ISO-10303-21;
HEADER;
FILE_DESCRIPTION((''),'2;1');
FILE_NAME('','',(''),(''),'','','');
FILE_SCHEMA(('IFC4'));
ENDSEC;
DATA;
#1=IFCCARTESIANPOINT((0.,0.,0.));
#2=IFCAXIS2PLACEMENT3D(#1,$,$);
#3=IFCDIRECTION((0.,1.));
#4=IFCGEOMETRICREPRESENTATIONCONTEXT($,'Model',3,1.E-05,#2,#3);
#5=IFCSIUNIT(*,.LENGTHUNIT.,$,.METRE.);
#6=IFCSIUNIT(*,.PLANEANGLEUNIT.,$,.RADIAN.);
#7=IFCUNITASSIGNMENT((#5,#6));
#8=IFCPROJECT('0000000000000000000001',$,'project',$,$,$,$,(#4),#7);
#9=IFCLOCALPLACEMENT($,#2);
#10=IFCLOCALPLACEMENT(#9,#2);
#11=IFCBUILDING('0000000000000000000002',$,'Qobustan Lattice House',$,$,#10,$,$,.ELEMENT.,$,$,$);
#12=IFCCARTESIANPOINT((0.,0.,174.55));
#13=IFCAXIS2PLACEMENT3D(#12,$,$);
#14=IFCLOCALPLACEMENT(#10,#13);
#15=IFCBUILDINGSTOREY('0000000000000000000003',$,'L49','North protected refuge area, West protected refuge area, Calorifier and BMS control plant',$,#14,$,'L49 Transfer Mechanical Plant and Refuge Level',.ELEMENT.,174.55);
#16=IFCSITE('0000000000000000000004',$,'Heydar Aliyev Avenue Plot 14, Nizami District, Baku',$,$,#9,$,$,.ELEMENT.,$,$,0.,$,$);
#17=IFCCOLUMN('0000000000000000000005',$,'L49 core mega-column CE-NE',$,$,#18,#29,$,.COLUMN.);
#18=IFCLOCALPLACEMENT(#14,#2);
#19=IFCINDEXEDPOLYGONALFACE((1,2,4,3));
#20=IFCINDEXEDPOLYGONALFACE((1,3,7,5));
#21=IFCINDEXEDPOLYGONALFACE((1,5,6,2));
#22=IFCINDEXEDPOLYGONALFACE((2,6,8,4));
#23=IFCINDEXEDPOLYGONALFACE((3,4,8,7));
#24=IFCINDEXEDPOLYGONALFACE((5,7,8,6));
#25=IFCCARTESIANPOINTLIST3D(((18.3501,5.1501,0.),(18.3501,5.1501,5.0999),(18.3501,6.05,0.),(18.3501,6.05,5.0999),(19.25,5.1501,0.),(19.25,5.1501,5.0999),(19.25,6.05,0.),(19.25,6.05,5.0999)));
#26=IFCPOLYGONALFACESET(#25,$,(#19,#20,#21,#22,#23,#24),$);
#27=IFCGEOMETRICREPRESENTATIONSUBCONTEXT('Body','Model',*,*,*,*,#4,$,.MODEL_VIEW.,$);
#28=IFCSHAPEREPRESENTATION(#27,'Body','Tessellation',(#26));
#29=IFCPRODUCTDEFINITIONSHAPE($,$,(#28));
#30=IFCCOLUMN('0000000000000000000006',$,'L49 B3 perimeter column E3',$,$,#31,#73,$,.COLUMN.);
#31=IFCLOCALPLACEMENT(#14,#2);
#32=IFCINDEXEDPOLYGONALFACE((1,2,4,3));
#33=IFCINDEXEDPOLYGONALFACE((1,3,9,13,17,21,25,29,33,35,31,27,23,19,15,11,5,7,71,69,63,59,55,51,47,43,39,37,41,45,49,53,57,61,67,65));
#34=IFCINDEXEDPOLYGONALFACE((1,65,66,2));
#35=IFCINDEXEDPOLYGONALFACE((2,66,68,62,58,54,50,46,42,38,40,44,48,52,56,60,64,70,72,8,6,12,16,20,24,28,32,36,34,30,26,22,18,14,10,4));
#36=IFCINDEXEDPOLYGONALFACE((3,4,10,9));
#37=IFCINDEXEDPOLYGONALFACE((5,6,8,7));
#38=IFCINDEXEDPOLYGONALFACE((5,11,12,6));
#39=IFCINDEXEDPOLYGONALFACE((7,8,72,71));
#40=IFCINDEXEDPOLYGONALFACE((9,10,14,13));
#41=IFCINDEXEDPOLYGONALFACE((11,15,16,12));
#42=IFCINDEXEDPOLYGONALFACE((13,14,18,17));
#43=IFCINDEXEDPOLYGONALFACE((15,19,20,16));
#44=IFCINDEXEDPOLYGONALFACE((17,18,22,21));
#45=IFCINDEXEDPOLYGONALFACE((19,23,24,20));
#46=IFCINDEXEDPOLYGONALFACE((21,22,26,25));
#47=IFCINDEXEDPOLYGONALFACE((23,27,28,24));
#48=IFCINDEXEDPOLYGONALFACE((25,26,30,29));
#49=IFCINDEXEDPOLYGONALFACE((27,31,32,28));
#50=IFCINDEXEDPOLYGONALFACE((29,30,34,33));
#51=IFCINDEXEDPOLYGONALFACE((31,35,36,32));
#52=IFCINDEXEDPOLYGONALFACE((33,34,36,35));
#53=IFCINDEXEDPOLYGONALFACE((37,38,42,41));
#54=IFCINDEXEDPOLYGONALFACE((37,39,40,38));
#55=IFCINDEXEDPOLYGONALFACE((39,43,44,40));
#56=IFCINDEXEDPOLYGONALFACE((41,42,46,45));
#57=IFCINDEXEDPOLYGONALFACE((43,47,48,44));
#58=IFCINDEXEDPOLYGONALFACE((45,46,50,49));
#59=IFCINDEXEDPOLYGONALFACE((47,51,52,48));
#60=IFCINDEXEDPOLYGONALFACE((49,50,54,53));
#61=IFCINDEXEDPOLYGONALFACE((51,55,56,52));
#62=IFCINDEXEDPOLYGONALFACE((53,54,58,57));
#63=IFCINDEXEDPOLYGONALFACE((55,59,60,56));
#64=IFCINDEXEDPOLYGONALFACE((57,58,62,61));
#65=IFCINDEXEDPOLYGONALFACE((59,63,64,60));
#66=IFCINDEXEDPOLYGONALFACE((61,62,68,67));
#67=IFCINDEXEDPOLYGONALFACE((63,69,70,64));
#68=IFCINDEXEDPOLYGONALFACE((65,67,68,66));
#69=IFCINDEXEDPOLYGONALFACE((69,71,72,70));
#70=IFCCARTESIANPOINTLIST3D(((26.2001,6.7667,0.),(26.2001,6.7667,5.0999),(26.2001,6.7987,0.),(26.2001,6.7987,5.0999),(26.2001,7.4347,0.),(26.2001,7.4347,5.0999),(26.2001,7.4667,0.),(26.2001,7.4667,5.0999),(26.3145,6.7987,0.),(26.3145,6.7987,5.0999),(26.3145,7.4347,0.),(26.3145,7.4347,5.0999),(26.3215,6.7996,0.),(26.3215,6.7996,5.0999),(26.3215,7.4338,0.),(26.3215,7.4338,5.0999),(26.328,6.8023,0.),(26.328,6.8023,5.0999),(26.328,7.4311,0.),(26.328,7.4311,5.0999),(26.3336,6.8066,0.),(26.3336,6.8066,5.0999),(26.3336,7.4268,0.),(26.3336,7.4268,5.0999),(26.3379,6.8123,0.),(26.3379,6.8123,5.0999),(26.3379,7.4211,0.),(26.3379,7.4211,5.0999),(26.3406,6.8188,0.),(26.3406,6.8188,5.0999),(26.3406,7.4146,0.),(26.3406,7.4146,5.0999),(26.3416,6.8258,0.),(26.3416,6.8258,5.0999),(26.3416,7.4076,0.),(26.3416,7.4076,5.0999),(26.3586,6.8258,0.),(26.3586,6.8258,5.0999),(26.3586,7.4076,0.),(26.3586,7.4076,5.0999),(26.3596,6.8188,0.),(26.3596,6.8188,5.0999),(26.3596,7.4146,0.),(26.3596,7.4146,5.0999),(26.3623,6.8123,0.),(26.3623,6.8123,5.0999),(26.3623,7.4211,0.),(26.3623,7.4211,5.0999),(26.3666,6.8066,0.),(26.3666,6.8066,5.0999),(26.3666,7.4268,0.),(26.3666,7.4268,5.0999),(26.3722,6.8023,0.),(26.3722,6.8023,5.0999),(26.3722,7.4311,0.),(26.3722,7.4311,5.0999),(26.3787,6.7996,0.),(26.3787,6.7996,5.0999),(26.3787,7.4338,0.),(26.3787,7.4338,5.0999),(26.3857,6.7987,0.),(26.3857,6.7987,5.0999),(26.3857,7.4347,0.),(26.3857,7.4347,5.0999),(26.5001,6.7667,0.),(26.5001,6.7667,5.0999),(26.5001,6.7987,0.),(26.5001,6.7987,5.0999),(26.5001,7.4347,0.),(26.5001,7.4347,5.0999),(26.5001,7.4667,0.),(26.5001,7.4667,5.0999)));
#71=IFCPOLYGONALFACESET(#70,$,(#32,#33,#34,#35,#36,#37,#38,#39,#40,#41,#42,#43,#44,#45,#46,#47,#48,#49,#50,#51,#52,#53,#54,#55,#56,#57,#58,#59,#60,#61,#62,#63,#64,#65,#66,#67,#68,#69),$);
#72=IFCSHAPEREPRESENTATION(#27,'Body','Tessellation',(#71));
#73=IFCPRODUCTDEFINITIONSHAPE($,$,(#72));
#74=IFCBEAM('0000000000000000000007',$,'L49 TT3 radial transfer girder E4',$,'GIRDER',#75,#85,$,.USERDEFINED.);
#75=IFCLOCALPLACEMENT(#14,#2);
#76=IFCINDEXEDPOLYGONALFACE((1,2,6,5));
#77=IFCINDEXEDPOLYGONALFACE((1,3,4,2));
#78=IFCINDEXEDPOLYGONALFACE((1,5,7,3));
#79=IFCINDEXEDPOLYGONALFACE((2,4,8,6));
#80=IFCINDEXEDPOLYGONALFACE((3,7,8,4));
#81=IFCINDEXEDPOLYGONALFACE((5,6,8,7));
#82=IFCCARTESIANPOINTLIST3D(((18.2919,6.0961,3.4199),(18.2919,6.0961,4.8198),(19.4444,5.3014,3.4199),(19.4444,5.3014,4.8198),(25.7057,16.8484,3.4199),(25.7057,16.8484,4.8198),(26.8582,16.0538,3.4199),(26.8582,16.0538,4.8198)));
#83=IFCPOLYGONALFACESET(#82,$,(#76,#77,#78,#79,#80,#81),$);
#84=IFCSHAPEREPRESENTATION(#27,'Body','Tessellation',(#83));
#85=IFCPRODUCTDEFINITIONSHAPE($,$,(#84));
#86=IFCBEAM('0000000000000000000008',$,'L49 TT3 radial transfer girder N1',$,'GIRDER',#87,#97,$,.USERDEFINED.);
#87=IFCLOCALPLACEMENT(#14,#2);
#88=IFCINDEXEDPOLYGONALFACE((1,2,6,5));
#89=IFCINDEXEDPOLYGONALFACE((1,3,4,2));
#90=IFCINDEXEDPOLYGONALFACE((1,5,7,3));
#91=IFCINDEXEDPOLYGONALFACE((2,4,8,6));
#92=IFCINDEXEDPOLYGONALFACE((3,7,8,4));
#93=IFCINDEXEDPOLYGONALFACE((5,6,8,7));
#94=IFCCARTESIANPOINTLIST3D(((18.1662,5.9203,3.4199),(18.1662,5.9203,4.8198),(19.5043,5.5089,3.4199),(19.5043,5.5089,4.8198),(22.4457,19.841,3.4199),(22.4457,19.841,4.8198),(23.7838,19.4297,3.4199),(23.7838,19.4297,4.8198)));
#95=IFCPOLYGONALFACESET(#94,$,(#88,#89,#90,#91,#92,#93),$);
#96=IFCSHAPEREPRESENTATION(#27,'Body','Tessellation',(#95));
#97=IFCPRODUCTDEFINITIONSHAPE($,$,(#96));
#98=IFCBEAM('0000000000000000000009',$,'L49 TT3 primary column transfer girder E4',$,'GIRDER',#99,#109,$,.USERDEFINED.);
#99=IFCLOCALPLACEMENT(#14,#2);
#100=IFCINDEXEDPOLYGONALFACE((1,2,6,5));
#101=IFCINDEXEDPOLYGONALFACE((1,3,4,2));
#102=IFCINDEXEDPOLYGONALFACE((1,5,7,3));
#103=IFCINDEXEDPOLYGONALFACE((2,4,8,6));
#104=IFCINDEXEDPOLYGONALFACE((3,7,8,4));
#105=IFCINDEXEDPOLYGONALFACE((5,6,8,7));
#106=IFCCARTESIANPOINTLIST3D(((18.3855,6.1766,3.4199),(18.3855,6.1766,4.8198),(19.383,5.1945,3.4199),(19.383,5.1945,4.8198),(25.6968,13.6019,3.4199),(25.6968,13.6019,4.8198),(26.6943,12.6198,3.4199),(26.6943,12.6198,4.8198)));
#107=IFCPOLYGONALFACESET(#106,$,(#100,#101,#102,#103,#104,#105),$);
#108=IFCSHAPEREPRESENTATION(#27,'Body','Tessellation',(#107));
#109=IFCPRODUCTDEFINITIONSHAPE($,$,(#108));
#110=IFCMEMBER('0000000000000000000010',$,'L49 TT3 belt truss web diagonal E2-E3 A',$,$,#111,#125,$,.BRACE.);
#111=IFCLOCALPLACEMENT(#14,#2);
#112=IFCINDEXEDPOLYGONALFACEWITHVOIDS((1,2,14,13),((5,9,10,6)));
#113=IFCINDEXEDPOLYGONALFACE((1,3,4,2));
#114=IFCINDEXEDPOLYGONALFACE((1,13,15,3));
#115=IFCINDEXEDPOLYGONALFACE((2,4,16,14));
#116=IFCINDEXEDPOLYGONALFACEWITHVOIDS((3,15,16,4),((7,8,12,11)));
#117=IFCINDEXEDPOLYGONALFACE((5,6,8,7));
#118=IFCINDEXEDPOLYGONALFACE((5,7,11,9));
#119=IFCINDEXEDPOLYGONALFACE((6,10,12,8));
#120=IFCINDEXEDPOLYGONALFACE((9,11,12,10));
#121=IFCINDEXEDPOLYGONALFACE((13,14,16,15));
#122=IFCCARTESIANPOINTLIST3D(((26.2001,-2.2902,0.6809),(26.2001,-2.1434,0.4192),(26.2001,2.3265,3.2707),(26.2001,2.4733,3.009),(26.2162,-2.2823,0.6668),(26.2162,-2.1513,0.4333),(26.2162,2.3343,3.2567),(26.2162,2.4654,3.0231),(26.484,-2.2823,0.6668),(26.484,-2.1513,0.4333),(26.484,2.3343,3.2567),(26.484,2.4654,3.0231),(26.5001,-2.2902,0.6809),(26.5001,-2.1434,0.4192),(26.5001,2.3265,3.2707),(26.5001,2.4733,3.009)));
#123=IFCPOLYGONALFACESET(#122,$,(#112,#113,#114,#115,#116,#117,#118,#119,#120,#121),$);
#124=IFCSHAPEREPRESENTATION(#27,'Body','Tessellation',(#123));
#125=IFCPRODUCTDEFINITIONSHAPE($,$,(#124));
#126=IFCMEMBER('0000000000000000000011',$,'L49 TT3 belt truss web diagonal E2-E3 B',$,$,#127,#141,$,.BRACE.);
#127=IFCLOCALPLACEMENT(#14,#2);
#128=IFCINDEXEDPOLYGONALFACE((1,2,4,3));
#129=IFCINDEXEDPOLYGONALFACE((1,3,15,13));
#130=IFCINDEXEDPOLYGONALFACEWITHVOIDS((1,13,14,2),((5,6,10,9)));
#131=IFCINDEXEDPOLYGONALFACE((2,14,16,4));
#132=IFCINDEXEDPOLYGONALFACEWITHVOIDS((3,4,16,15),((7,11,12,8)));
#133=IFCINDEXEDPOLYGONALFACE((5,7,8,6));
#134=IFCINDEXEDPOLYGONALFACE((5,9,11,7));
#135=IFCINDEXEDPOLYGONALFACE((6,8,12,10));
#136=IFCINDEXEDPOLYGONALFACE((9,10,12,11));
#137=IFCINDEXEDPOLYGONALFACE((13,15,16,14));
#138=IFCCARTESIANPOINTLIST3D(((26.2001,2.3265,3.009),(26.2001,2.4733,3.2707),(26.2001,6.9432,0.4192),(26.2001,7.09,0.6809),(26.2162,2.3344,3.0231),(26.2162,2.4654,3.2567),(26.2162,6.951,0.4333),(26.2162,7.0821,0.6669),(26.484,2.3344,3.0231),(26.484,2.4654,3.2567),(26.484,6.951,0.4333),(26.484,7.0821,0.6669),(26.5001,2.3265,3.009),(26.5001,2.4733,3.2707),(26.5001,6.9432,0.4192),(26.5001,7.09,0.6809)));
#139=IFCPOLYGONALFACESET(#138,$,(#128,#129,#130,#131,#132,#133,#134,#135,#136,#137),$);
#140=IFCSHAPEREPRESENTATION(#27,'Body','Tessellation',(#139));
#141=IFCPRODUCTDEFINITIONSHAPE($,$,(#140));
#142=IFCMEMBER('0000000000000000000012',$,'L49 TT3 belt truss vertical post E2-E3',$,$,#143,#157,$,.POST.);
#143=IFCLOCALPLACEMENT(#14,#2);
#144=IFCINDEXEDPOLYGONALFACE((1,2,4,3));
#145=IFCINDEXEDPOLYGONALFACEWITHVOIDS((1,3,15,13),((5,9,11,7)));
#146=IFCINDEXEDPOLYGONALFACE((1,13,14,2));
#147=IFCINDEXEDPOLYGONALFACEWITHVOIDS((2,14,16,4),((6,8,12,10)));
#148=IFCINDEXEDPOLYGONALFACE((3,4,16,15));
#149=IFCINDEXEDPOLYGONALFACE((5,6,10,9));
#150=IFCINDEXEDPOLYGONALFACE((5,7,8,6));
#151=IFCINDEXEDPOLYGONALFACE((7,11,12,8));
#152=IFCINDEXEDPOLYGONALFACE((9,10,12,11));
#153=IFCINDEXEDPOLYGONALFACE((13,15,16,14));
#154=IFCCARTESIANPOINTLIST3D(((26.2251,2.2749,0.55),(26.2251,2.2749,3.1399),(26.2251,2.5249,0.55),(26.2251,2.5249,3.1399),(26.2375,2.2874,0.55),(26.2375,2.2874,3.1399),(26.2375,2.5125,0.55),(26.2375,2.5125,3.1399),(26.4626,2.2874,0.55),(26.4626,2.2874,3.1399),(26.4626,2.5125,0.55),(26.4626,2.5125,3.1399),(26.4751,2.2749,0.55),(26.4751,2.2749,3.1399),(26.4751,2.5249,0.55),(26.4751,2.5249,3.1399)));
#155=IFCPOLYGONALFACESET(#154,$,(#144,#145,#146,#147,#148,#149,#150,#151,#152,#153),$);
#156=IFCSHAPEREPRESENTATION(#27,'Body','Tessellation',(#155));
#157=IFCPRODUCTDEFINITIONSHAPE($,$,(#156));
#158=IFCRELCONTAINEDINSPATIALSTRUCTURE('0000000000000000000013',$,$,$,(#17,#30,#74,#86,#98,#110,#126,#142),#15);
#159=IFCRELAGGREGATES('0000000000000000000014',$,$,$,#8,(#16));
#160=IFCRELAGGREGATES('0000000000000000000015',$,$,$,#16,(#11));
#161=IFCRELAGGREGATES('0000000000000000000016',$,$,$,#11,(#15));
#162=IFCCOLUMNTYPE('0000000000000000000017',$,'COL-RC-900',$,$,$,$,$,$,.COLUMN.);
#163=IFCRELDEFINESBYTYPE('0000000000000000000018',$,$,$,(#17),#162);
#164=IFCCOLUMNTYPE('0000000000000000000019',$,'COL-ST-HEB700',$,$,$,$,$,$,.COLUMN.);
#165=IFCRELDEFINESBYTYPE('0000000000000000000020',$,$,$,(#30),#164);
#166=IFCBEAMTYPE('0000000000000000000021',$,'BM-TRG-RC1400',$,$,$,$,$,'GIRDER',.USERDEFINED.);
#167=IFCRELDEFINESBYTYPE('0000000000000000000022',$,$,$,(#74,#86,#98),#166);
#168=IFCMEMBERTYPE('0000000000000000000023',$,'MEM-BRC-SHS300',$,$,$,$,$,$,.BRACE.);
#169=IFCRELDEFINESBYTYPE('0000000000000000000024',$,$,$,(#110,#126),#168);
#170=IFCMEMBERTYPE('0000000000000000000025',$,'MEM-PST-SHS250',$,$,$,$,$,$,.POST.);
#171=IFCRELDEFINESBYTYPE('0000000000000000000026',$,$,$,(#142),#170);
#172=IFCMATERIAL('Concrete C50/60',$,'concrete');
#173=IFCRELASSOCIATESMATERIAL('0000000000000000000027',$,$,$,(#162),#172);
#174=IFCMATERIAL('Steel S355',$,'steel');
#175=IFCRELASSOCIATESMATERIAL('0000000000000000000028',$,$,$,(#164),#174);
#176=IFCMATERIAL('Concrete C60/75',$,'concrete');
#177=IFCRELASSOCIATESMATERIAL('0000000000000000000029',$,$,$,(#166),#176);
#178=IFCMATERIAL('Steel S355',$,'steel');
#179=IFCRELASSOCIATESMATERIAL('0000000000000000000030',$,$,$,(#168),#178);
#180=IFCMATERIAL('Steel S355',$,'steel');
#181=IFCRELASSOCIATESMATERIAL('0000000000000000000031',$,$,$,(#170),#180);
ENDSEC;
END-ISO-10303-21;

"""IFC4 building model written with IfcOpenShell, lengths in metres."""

from ifc_helpers import new_model, si_unit, direction, frame, origin, origin_2d, place, context, subcontext, project, spatial, rectangle, hollow_rectangle, i_section, extrude, material, material_profile, profile_set, type_object, element, save


model = new_model("IFC4")

# Units and contexts
model_context = context("Model", 3, precision=1e-05, world=origin(), true_north=direction((0.0, 1.0)))
body_context = subcontext(model_context, "Body", "Model", "MODEL_VIEW")
ifc_project = project(units=[si_unit("LENGTHUNIT", "METRE"), si_unit("PLANEANGLEUNIT", "RADIAN")], contexts=[model_context])

# Site, building, storey
site_placement = place(None, origin())
site = spatial("IfcSite", under=ifc_project, at=site_placement, Name="Heydar Aliyev Avenue Plot 14, Nizami District, Baku", CompositionType="ELEMENT", RefElevation=0.0)
building_placement = place(site_placement, origin())
building = spatial("IfcBuilding", under=site, at=building_placement, Name="Qobustan Lattice House", CompositionType="ELEMENT")
storey_placement = place(building_placement, frame((0.0, 0.0, 174.55)))
storey = spatial("IfcBuildingStorey", under=building, at=storey_placement, Name="L49", Description="North protected refuge area, West protected refuge area, Calorifier and BMS control plant", LongName="L49 Transfer Mechanical Plant and Refuge Level", CompositionType="ELEMENT", Elevation=174.55)

# Columns
ifc_material_1 = material(Name="Concrete C50/60", Category="concrete")
ifc_material_profile_1 = material_profile(ifc_material_1, rectangle(XDim=0.8999, YDim=0.8999, at=origin_2d()), Name="RC900x900")
ifc_profile_set_1 = profile_set([ifc_material_profile_1], Name="Concrete C50/60")
column_type_1 = type_object("IfcColumnType", Name="COL-RC-900", PredefinedType="COLUMN", material=ifc_profile_set_1)
column_1_placement = place(storey_placement, frame((18.8, 5.6001, 0.0), z_axis=(0.0, 0.0, 1.0), x_axis=(1.0, 0.0, 0.0)))
element("IfcColumn", 1, at=column_1_placement, inside=storey, type_object=column_type_1, Name="L49 core mega-column CE-NE", PredefinedType="COLUMN", context=body_context, shape_type="SweptSolid", body=[
    extrude(rectangle(XDim=0.8999, YDim=0.8999, at=origin_2d()), origin(), (0.0, 0.0, 1.0), 5.0999),
])
ifc_material_2 = material(Name="Steel S355", Category="steel")
ifc_material_profile_2 = material_profile(ifc_material_2, i_section(OverallWidth=0.3, OverallDepth=0.7, WebThickness=0.0171, FlangeThickness=0.032, FilletRadius=0.0271, at=origin_2d()), Name="HEB700")
ifc_profile_set_2 = profile_set([ifc_material_profile_2], Name="Steel S355")
column_type_2 = type_object("IfcColumnType", Name="COL-ST-HEB700", PredefinedType="COLUMN", material=ifc_profile_set_2)
column_2_placement = place(storey_placement, frame((26.3501, 7.1167, 0.0), z_axis=(0.0, 0.0, 1.0), x_axis=(1.0, 0.0, 0.0)))
element("IfcColumn", 2, at=column_2_placement, inside=storey, type_object=column_type_2, Name="L49 B3 perimeter column E3", PredefinedType="COLUMN", context=body_context, shape_type="SweptSolid", body=[
    extrude(i_section(OverallWidth=0.3, OverallDepth=0.7, WebThickness=0.0171, FlangeThickness=0.032, FilletRadius=0.0271, at=origin_2d()), origin(), (0.0, 0.0, 1.0), 5.0999),
])

# Beams
ifc_material_3 = material(Name="Concrete C60/75", Category="concrete")
ifc_material_profile_3 = material_profile(ifc_material_3, rectangle(XDim=1.3999, YDim=1.3999, at=origin_2d()), Name="RC1400x1400")
ifc_profile_set_3 = profile_set([ifc_material_profile_3], Name="Concrete C60/75")
beam_type = type_object("IfcBeamType", Name="BM-TRG-RC1400", ElementType="GIRDER", PredefinedType="USERDEFINED", material=ifc_profile_set_3)
beam_1_placement = place(storey_placement, frame((18.8682, 5.6987, 4.1199), z_axis=(0.567647, 0.823272, 0.0), x_axis=(-0.823272, 0.567647, 0.0)))
element("IfcBeam", 3, at=beam_1_placement, inside=storey, type_object=beam_type, Name="L49 TT3 radial transfer girder E4", ObjectType="GIRDER", PredefinedType="USERDEFINED", context=body_context, shape_type="SweptSolid", body=[
    extrude(rectangle(XDim=1.3999, YDim=1.3999, at=origin_2d()), origin(), (0.0, 0.0, 1.0), 13.0605),
])
beam_2_placement = place(storey_placement, frame((18.8352, 5.7146, 4.1199), z_axis=(0.293851, 0.955851, 0.0), x_axis=(-0.955851, 0.293851, 0.0)))
element("IfcBeam", 4, at=beam_2_placement, inside=storey, type_object=beam_type, Name="L49 TT3 radial transfer girder N1", ObjectType="GIRDER", PredefinedType="USERDEFINED", context=body_context, shape_type="SweptSolid", body=[
    extrude(rectangle(XDim=1.3999, YDim=1.3999, at=origin_2d()), origin(), (0.0, 0.0, 1.0), 14.5637),
])
beam_3_placement = place(storey_placement, frame((18.8843, 5.6855, 4.1199), z_axis=(0.701615, 0.712556, 0.0), x_axis=(-0.712556, 0.701615, 0.0)))
element("IfcBeam", 5, at=beam_3_placement, inside=storey, type_object=beam_type, Name="L49 TT3 primary column transfer girder E4", ObjectType="GIRDER", PredefinedType="USERDEFINED", context=body_context, shape_type="SweptSolid", body=[
    extrude(rectangle(XDim=1.3999, YDim=1.3999, at=origin_2d()), origin(), (0.0, 0.0, 1.0), 10.4207),
])

# Members
ifc_material_4 = material(Name="Steel S355", Category="steel")
ifc_material_profile_4 = material_profile(ifc_material_4, hollow_rectangle(XDim=0.3, YDim=0.3, WallThickness=0.0161, at=origin_2d()), Name="SHS300x300x16")
ifc_profile_set_4 = profile_set([ifc_material_profile_4], Name="Steel S355")
member_type_1 = type_object("IfcMemberType", Name="MEM-BRC-SHS300", PredefinedType="BRACE", material=ifc_profile_set_4)
for number, where, z_axis, x_axis, name in (
    (6, (26.3501, -2.2168, 0.55), (0.0, 0.872144, 0.489249), (-1.0, 0.0, 0.0), "L49 TT3 belt truss web diagonal E2-E3 A"),
    (7, (26.3501, 2.3999, 3.1399), (0.0, 0.872144, -0.489249), (-1.0, 0.0, 0.0), "L49 TT3 belt truss web diagonal E2-E3 B"),
):
    element("IfcMember", number, at=place(storey_placement, frame(where, z_axis=z_axis, x_axis=x_axis)), inside=storey, type_object=member_type_1, Name=name, PredefinedType="BRACE", context=body_context, shape_type="SweptSolid", body=[
        extrude(hollow_rectangle(XDim=0.3, YDim=0.3, WallThickness=0.0161, at=origin_2d()), origin(), (0.0, 0.0, 1.0), 5.2935),
    ])
ifc_material_5 = material(Name="Steel S355", Category="steel")
ifc_material_profile_5 = material_profile(ifc_material_5, hollow_rectangle(XDim=0.25, YDim=0.25, WallThickness=0.0125, at=origin_2d()), Name="SHS250x250x12.5")
ifc_profile_set_5 = profile_set([ifc_material_profile_5], Name="Steel S355")
member_type_2 = type_object("IfcMemberType", Name="MEM-PST-SHS250", PredefinedType="POST", material=ifc_profile_set_5)
member_1_placement = place(storey_placement, frame((26.3501, 2.3999, 0.55), z_axis=(0.0, 0.0, 1.0), x_axis=(1.0, 0.0, 0.0)))
element("IfcMember", 8, at=member_1_placement, inside=storey, type_object=member_type_2, Name="L49 TT3 belt truss vertical post E2-E3", PredefinedType="POST", context=body_context, shape_type="SweptSolid", body=[
    extrude(hollow_rectangle(XDim=0.25, YDim=0.25, WallThickness=0.0125, at=origin_2d()), origin(), (0.0, 0.0, 1.0), 2.5898),
])

save(model, "model.ifc")
